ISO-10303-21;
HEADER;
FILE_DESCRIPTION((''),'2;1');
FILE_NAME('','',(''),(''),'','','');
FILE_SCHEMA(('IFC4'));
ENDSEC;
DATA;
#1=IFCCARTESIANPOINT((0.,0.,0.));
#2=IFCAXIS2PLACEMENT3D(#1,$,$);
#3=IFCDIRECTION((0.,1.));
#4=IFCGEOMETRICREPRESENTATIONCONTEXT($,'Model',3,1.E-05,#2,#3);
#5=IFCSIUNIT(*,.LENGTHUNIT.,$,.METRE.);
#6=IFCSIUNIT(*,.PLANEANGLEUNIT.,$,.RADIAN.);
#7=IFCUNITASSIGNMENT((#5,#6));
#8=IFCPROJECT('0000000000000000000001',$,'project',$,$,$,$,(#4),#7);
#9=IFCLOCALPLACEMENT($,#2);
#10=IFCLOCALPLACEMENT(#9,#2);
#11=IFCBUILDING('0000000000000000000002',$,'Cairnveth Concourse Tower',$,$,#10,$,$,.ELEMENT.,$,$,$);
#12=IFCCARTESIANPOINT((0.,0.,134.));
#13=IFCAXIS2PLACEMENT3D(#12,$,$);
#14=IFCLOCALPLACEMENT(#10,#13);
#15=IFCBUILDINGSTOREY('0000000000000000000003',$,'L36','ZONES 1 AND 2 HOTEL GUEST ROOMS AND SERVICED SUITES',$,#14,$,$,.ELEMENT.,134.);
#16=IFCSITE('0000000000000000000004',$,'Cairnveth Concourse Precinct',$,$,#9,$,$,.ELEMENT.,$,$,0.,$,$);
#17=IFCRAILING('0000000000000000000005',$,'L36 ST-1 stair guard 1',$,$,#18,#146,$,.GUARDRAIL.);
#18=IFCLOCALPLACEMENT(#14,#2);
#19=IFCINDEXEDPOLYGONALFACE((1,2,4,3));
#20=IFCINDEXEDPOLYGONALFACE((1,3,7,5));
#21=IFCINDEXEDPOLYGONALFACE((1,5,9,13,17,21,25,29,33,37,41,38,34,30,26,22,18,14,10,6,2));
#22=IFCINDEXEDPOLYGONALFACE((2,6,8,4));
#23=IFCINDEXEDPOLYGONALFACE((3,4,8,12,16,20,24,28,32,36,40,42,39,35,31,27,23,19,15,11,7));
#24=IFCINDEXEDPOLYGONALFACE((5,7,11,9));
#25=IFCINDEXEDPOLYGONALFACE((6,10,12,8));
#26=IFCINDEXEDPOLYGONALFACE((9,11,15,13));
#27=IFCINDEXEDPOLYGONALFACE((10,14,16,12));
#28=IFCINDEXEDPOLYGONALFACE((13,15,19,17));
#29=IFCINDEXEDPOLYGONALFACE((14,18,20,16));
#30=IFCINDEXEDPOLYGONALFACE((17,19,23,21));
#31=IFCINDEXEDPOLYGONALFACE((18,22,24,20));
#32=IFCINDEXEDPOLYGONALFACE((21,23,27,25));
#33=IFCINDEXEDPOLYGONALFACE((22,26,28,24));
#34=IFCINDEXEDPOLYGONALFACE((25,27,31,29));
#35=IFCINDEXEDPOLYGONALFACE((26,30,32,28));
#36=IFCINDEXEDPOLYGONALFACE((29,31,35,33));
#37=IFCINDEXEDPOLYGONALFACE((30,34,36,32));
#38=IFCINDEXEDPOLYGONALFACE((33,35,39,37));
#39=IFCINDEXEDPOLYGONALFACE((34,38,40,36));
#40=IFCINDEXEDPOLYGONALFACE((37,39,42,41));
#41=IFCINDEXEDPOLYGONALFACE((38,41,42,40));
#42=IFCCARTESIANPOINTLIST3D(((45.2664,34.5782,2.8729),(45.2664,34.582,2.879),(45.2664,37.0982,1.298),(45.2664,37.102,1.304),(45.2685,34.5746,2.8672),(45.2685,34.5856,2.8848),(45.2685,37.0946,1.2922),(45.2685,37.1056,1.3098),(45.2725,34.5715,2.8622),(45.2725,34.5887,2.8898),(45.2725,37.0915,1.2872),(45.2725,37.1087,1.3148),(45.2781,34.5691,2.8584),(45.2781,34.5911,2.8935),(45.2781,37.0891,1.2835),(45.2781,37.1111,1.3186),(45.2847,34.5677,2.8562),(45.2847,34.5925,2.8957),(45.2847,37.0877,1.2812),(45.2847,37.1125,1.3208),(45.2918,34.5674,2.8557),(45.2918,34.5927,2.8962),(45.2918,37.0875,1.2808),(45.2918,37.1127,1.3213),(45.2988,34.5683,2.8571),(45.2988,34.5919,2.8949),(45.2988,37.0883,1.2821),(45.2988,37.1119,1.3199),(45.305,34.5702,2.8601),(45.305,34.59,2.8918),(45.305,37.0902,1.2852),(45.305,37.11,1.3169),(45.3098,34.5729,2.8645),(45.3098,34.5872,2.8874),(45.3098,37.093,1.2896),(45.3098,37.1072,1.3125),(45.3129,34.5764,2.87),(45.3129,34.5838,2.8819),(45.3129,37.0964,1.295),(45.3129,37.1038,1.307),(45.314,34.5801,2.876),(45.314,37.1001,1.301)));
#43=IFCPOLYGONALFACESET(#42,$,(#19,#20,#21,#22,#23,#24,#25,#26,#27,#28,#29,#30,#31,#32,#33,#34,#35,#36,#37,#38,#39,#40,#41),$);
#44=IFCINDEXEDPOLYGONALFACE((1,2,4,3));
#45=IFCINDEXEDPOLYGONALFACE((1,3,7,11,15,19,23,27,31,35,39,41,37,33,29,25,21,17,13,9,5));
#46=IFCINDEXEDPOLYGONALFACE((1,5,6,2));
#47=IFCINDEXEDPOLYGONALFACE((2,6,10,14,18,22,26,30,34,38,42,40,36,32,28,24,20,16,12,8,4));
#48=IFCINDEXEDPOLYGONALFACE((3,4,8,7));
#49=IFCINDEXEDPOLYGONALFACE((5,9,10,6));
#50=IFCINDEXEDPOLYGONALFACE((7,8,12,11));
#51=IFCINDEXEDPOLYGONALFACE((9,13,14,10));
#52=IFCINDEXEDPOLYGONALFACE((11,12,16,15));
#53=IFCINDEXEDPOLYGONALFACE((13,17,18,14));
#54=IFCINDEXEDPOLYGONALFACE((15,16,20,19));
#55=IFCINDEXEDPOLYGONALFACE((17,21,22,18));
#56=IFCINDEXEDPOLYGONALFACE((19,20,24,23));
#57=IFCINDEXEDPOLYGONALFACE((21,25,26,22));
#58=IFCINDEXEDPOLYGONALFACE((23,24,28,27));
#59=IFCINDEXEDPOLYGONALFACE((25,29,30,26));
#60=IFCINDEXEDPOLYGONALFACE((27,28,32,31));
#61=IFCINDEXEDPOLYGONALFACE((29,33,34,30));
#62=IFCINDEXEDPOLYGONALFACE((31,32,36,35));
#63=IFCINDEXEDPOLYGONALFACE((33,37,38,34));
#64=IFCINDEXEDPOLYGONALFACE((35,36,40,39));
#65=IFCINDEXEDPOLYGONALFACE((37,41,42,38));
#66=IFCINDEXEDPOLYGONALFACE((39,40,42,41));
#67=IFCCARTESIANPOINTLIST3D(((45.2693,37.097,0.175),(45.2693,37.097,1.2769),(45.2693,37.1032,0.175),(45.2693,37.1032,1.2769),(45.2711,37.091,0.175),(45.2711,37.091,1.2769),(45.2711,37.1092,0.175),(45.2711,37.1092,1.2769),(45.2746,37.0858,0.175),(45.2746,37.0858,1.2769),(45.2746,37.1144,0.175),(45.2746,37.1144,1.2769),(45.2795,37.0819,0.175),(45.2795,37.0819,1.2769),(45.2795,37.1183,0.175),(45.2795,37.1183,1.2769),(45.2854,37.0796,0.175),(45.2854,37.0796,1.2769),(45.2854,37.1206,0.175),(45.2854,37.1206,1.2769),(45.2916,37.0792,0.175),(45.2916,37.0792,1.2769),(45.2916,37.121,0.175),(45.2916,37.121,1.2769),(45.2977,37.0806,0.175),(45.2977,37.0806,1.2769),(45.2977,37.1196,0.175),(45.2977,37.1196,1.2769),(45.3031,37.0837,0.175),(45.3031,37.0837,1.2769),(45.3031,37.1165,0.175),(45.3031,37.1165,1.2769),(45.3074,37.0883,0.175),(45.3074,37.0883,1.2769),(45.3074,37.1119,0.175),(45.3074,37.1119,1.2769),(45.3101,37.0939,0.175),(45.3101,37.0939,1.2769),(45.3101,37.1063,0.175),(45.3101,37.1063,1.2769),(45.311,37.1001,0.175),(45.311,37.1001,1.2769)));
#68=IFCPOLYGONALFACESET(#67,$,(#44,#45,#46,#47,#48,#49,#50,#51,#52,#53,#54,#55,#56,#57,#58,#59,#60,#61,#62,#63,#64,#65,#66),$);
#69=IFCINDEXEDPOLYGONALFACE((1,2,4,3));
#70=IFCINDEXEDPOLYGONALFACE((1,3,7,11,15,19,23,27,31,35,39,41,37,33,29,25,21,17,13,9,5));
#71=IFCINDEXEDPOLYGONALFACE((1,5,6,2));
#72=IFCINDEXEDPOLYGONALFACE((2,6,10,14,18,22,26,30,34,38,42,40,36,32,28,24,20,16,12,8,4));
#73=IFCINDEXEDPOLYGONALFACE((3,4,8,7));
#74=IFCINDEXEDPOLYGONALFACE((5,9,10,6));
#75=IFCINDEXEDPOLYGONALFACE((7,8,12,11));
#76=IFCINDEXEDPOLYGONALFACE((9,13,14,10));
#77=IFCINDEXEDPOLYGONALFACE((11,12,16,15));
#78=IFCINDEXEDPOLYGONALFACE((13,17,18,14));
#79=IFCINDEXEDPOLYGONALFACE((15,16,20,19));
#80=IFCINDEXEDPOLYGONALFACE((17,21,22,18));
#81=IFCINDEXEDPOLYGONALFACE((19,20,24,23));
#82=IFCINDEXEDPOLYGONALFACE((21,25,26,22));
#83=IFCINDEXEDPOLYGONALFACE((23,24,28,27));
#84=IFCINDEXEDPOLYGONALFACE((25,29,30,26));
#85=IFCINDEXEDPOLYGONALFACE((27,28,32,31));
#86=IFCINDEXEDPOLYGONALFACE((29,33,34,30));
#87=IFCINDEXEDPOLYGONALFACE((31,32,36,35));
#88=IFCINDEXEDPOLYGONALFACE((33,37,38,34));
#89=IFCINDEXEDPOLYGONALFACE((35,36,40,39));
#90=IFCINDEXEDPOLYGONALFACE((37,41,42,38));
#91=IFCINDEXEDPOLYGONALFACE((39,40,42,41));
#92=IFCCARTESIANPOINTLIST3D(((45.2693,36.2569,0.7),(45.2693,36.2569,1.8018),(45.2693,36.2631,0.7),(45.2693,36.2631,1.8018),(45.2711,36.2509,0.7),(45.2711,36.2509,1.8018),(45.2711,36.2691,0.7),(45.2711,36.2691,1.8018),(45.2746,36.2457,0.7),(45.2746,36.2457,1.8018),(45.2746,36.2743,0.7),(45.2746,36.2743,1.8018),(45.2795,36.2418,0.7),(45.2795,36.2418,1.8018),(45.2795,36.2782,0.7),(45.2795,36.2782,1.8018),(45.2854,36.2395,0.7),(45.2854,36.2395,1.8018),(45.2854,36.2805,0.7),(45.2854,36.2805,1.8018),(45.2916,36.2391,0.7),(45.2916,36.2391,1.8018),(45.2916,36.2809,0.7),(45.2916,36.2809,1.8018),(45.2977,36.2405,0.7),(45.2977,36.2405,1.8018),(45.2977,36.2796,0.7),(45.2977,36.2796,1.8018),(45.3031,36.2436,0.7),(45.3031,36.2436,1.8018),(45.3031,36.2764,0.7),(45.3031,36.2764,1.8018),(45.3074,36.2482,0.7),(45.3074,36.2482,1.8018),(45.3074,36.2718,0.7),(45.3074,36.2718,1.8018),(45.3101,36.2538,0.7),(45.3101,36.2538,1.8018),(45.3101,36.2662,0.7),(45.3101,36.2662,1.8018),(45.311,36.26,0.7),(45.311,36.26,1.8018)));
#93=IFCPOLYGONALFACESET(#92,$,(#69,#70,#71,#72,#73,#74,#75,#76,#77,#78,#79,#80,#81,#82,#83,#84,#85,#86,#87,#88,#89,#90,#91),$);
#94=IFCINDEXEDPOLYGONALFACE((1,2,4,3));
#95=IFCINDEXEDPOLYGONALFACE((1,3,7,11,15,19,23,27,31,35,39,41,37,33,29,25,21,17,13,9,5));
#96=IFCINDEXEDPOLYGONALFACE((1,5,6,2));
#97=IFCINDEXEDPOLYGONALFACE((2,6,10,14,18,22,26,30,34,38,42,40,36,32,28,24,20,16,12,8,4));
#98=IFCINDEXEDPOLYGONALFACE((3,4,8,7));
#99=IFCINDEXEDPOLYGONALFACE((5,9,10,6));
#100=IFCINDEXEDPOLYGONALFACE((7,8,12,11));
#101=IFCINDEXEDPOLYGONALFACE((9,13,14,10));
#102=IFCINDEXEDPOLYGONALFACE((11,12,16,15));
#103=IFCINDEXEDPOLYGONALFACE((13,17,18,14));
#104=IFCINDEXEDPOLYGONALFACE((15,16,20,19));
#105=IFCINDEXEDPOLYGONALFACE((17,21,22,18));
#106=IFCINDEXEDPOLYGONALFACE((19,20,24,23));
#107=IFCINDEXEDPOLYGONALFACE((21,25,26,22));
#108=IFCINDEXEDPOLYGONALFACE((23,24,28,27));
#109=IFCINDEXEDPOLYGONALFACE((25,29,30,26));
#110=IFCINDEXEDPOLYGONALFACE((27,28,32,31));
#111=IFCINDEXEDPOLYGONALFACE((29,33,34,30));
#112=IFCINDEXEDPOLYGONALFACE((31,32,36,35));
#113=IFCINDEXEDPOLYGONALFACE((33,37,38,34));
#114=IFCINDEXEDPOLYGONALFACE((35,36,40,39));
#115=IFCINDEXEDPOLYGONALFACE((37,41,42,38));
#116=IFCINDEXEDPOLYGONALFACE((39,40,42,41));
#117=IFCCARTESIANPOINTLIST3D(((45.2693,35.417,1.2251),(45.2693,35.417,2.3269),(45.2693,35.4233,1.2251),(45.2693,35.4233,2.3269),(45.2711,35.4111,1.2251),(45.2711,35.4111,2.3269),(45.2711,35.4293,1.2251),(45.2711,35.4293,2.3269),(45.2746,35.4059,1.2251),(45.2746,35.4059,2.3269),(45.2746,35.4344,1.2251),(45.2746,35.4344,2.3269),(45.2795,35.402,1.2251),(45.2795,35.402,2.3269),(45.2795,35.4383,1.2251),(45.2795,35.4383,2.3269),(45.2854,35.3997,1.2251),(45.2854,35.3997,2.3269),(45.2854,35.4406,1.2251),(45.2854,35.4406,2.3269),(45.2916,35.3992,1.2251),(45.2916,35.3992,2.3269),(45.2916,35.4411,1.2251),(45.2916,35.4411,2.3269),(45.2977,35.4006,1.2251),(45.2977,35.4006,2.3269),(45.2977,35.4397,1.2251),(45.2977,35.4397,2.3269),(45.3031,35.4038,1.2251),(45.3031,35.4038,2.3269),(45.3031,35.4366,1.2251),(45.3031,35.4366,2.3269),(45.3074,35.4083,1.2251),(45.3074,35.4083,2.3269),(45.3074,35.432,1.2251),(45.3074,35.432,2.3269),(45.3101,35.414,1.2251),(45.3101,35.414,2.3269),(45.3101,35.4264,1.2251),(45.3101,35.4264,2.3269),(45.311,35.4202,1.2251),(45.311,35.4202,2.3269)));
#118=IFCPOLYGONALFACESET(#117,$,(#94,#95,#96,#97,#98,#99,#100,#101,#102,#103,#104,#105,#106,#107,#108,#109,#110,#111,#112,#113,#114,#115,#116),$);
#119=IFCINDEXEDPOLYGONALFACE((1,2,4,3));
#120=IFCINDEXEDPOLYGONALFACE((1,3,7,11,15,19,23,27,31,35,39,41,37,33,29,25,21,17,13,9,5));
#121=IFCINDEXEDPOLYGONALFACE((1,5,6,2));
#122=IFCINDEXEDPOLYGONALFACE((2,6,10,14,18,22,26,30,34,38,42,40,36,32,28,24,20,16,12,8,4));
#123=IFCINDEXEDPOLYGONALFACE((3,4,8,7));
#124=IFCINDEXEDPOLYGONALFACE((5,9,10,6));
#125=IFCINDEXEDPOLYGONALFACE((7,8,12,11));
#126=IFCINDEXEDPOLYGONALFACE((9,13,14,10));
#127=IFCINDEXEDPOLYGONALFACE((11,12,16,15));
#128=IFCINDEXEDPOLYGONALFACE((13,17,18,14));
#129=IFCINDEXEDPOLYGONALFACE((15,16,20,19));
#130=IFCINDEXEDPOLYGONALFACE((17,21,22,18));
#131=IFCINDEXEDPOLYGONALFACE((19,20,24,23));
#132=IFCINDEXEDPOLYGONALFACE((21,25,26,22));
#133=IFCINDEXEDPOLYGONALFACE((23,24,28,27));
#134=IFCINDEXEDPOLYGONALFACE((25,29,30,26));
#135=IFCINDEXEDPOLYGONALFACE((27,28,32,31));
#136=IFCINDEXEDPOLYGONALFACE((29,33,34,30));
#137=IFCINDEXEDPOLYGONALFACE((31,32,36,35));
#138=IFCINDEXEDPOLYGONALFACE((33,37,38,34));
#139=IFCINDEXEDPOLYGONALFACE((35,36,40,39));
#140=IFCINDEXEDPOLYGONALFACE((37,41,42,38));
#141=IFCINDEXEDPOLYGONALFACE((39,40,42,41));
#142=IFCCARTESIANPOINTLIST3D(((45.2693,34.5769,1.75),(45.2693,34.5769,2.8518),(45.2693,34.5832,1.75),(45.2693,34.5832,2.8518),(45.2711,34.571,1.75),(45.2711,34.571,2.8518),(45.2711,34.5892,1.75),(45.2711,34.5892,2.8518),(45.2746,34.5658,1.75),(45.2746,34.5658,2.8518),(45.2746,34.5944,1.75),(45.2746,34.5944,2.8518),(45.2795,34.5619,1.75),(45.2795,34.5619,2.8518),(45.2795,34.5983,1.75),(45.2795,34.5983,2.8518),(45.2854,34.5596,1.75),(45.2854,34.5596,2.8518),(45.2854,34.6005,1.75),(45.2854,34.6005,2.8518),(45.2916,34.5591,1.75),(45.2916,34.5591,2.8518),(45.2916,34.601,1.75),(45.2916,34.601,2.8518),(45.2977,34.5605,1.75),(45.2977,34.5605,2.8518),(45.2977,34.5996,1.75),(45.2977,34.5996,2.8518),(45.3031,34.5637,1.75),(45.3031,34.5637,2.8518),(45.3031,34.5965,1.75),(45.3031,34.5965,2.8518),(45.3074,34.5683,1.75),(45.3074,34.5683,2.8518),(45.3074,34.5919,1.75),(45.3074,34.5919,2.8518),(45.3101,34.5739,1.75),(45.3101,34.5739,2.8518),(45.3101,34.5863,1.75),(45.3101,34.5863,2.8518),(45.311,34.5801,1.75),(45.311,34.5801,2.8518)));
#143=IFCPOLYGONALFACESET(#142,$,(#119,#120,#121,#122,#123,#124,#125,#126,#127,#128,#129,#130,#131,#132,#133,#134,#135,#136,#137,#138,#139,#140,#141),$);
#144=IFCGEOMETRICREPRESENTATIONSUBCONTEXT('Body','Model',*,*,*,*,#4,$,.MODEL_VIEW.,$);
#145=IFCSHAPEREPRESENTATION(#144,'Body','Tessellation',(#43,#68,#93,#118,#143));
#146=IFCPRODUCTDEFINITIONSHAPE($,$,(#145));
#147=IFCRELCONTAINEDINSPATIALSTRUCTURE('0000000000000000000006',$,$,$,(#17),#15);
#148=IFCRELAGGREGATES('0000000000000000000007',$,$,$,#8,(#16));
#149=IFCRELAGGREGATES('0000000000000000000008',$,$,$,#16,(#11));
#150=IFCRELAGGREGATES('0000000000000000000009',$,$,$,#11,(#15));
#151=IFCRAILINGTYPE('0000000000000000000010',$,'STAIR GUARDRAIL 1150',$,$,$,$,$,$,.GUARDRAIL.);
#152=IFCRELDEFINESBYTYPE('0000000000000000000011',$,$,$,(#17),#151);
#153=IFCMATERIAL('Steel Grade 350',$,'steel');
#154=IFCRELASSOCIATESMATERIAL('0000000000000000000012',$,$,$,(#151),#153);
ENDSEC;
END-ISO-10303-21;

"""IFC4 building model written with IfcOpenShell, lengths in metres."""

from ifc_helpers import new_model, si_unit, direction, frame, origin, origin_2d, place, context, subcontext, project, spatial, circle, extrude, material, type_object, element, save


model = new_model("IFC4")

# Units and contexts
model_context = context("Model", 3, precision=1e-05, world=origin(), true_north=direction((0.0, 1.0)))
body_context = subcontext(model_context, "Body", "Model", "MODEL_VIEW")
ifc_project = project(units=[si_unit("LENGTHUNIT", "METRE"), si_unit("PLANEANGLEUNIT", "RADIAN")], contexts=[model_context])

# Site, building, storey
site_placement = place(None, origin())
site = spatial("IfcSite", under=ifc_project, at=site_placement, Name="Cairnveth Concourse Precinct", CompositionType="ELEMENT", RefElevation=0.0)
building_placement = place(site_placement, origin())
building = spatial("IfcBuilding", under=site, at=building_placement, Name="Cairnveth Concourse Tower", CompositionType="ELEMENT")
storey_placement = place(building_placement, frame((0.0, 0.0, 134.0)))
storey = spatial("IfcBuildingStorey", under=building, at=storey_placement, Name="L36", Description="ZONES 1 AND 2 HOTEL GUEST ROOMS AND SERVICED SUITES", CompositionType="ELEMENT", Elevation=134.0)

# Shared definitions
ifc_material_1 = material(Name="Steel Grade 350", Category="steel")

# Railing
railing_type_1 = type_object("IfcRailingType", Name="STAIR GUARDRAIL 1150", PredefinedType="GUARDRAIL", material=ifc_material_1)
railing_1_placement = place(storey_placement, frame((45.29, 37.1001, 0.175)))
element("IfcRailing", 1, at=railing_1_placement, inside=storey, type_object=railing_type_1, Name="L36 ST-1 stair guard 1", PredefinedType="GUARDRAIL", context=body_context, shape_type="SweptSolid", body=[
    extrude(circle(Radius=0.0239, at=origin_2d()), frame((0.0, 0.0, 1.126), z_axis=(0.0, -0.848008, 0.529984), x_axis=(1.0, 0.0, 0.0)), (0.0, 0.0, 1.0), 2.9717),
    extrude(circle(Radius=0.021, at=origin_2d()), origin(), (0.0, 0.0, 1.0), 1.1018),
    extrude(circle(Radius=0.021, at=origin_2d()), frame((0.0, -0.8401, 0.5249)), (0.0, 0.0, 1.0), 1.1018),
    extrude(circle(Radius=0.021, at=origin_2d()), frame((0.0, -1.6799, 1.05)), (0.0, 0.0, 1.0), 1.1018),
    extrude(circle(Radius=0.021, at=origin_2d()), frame((0.0, -2.52, 1.575)), (0.0, 0.0, 1.0), 1.1018),
])

save(model, "model.ifc")
